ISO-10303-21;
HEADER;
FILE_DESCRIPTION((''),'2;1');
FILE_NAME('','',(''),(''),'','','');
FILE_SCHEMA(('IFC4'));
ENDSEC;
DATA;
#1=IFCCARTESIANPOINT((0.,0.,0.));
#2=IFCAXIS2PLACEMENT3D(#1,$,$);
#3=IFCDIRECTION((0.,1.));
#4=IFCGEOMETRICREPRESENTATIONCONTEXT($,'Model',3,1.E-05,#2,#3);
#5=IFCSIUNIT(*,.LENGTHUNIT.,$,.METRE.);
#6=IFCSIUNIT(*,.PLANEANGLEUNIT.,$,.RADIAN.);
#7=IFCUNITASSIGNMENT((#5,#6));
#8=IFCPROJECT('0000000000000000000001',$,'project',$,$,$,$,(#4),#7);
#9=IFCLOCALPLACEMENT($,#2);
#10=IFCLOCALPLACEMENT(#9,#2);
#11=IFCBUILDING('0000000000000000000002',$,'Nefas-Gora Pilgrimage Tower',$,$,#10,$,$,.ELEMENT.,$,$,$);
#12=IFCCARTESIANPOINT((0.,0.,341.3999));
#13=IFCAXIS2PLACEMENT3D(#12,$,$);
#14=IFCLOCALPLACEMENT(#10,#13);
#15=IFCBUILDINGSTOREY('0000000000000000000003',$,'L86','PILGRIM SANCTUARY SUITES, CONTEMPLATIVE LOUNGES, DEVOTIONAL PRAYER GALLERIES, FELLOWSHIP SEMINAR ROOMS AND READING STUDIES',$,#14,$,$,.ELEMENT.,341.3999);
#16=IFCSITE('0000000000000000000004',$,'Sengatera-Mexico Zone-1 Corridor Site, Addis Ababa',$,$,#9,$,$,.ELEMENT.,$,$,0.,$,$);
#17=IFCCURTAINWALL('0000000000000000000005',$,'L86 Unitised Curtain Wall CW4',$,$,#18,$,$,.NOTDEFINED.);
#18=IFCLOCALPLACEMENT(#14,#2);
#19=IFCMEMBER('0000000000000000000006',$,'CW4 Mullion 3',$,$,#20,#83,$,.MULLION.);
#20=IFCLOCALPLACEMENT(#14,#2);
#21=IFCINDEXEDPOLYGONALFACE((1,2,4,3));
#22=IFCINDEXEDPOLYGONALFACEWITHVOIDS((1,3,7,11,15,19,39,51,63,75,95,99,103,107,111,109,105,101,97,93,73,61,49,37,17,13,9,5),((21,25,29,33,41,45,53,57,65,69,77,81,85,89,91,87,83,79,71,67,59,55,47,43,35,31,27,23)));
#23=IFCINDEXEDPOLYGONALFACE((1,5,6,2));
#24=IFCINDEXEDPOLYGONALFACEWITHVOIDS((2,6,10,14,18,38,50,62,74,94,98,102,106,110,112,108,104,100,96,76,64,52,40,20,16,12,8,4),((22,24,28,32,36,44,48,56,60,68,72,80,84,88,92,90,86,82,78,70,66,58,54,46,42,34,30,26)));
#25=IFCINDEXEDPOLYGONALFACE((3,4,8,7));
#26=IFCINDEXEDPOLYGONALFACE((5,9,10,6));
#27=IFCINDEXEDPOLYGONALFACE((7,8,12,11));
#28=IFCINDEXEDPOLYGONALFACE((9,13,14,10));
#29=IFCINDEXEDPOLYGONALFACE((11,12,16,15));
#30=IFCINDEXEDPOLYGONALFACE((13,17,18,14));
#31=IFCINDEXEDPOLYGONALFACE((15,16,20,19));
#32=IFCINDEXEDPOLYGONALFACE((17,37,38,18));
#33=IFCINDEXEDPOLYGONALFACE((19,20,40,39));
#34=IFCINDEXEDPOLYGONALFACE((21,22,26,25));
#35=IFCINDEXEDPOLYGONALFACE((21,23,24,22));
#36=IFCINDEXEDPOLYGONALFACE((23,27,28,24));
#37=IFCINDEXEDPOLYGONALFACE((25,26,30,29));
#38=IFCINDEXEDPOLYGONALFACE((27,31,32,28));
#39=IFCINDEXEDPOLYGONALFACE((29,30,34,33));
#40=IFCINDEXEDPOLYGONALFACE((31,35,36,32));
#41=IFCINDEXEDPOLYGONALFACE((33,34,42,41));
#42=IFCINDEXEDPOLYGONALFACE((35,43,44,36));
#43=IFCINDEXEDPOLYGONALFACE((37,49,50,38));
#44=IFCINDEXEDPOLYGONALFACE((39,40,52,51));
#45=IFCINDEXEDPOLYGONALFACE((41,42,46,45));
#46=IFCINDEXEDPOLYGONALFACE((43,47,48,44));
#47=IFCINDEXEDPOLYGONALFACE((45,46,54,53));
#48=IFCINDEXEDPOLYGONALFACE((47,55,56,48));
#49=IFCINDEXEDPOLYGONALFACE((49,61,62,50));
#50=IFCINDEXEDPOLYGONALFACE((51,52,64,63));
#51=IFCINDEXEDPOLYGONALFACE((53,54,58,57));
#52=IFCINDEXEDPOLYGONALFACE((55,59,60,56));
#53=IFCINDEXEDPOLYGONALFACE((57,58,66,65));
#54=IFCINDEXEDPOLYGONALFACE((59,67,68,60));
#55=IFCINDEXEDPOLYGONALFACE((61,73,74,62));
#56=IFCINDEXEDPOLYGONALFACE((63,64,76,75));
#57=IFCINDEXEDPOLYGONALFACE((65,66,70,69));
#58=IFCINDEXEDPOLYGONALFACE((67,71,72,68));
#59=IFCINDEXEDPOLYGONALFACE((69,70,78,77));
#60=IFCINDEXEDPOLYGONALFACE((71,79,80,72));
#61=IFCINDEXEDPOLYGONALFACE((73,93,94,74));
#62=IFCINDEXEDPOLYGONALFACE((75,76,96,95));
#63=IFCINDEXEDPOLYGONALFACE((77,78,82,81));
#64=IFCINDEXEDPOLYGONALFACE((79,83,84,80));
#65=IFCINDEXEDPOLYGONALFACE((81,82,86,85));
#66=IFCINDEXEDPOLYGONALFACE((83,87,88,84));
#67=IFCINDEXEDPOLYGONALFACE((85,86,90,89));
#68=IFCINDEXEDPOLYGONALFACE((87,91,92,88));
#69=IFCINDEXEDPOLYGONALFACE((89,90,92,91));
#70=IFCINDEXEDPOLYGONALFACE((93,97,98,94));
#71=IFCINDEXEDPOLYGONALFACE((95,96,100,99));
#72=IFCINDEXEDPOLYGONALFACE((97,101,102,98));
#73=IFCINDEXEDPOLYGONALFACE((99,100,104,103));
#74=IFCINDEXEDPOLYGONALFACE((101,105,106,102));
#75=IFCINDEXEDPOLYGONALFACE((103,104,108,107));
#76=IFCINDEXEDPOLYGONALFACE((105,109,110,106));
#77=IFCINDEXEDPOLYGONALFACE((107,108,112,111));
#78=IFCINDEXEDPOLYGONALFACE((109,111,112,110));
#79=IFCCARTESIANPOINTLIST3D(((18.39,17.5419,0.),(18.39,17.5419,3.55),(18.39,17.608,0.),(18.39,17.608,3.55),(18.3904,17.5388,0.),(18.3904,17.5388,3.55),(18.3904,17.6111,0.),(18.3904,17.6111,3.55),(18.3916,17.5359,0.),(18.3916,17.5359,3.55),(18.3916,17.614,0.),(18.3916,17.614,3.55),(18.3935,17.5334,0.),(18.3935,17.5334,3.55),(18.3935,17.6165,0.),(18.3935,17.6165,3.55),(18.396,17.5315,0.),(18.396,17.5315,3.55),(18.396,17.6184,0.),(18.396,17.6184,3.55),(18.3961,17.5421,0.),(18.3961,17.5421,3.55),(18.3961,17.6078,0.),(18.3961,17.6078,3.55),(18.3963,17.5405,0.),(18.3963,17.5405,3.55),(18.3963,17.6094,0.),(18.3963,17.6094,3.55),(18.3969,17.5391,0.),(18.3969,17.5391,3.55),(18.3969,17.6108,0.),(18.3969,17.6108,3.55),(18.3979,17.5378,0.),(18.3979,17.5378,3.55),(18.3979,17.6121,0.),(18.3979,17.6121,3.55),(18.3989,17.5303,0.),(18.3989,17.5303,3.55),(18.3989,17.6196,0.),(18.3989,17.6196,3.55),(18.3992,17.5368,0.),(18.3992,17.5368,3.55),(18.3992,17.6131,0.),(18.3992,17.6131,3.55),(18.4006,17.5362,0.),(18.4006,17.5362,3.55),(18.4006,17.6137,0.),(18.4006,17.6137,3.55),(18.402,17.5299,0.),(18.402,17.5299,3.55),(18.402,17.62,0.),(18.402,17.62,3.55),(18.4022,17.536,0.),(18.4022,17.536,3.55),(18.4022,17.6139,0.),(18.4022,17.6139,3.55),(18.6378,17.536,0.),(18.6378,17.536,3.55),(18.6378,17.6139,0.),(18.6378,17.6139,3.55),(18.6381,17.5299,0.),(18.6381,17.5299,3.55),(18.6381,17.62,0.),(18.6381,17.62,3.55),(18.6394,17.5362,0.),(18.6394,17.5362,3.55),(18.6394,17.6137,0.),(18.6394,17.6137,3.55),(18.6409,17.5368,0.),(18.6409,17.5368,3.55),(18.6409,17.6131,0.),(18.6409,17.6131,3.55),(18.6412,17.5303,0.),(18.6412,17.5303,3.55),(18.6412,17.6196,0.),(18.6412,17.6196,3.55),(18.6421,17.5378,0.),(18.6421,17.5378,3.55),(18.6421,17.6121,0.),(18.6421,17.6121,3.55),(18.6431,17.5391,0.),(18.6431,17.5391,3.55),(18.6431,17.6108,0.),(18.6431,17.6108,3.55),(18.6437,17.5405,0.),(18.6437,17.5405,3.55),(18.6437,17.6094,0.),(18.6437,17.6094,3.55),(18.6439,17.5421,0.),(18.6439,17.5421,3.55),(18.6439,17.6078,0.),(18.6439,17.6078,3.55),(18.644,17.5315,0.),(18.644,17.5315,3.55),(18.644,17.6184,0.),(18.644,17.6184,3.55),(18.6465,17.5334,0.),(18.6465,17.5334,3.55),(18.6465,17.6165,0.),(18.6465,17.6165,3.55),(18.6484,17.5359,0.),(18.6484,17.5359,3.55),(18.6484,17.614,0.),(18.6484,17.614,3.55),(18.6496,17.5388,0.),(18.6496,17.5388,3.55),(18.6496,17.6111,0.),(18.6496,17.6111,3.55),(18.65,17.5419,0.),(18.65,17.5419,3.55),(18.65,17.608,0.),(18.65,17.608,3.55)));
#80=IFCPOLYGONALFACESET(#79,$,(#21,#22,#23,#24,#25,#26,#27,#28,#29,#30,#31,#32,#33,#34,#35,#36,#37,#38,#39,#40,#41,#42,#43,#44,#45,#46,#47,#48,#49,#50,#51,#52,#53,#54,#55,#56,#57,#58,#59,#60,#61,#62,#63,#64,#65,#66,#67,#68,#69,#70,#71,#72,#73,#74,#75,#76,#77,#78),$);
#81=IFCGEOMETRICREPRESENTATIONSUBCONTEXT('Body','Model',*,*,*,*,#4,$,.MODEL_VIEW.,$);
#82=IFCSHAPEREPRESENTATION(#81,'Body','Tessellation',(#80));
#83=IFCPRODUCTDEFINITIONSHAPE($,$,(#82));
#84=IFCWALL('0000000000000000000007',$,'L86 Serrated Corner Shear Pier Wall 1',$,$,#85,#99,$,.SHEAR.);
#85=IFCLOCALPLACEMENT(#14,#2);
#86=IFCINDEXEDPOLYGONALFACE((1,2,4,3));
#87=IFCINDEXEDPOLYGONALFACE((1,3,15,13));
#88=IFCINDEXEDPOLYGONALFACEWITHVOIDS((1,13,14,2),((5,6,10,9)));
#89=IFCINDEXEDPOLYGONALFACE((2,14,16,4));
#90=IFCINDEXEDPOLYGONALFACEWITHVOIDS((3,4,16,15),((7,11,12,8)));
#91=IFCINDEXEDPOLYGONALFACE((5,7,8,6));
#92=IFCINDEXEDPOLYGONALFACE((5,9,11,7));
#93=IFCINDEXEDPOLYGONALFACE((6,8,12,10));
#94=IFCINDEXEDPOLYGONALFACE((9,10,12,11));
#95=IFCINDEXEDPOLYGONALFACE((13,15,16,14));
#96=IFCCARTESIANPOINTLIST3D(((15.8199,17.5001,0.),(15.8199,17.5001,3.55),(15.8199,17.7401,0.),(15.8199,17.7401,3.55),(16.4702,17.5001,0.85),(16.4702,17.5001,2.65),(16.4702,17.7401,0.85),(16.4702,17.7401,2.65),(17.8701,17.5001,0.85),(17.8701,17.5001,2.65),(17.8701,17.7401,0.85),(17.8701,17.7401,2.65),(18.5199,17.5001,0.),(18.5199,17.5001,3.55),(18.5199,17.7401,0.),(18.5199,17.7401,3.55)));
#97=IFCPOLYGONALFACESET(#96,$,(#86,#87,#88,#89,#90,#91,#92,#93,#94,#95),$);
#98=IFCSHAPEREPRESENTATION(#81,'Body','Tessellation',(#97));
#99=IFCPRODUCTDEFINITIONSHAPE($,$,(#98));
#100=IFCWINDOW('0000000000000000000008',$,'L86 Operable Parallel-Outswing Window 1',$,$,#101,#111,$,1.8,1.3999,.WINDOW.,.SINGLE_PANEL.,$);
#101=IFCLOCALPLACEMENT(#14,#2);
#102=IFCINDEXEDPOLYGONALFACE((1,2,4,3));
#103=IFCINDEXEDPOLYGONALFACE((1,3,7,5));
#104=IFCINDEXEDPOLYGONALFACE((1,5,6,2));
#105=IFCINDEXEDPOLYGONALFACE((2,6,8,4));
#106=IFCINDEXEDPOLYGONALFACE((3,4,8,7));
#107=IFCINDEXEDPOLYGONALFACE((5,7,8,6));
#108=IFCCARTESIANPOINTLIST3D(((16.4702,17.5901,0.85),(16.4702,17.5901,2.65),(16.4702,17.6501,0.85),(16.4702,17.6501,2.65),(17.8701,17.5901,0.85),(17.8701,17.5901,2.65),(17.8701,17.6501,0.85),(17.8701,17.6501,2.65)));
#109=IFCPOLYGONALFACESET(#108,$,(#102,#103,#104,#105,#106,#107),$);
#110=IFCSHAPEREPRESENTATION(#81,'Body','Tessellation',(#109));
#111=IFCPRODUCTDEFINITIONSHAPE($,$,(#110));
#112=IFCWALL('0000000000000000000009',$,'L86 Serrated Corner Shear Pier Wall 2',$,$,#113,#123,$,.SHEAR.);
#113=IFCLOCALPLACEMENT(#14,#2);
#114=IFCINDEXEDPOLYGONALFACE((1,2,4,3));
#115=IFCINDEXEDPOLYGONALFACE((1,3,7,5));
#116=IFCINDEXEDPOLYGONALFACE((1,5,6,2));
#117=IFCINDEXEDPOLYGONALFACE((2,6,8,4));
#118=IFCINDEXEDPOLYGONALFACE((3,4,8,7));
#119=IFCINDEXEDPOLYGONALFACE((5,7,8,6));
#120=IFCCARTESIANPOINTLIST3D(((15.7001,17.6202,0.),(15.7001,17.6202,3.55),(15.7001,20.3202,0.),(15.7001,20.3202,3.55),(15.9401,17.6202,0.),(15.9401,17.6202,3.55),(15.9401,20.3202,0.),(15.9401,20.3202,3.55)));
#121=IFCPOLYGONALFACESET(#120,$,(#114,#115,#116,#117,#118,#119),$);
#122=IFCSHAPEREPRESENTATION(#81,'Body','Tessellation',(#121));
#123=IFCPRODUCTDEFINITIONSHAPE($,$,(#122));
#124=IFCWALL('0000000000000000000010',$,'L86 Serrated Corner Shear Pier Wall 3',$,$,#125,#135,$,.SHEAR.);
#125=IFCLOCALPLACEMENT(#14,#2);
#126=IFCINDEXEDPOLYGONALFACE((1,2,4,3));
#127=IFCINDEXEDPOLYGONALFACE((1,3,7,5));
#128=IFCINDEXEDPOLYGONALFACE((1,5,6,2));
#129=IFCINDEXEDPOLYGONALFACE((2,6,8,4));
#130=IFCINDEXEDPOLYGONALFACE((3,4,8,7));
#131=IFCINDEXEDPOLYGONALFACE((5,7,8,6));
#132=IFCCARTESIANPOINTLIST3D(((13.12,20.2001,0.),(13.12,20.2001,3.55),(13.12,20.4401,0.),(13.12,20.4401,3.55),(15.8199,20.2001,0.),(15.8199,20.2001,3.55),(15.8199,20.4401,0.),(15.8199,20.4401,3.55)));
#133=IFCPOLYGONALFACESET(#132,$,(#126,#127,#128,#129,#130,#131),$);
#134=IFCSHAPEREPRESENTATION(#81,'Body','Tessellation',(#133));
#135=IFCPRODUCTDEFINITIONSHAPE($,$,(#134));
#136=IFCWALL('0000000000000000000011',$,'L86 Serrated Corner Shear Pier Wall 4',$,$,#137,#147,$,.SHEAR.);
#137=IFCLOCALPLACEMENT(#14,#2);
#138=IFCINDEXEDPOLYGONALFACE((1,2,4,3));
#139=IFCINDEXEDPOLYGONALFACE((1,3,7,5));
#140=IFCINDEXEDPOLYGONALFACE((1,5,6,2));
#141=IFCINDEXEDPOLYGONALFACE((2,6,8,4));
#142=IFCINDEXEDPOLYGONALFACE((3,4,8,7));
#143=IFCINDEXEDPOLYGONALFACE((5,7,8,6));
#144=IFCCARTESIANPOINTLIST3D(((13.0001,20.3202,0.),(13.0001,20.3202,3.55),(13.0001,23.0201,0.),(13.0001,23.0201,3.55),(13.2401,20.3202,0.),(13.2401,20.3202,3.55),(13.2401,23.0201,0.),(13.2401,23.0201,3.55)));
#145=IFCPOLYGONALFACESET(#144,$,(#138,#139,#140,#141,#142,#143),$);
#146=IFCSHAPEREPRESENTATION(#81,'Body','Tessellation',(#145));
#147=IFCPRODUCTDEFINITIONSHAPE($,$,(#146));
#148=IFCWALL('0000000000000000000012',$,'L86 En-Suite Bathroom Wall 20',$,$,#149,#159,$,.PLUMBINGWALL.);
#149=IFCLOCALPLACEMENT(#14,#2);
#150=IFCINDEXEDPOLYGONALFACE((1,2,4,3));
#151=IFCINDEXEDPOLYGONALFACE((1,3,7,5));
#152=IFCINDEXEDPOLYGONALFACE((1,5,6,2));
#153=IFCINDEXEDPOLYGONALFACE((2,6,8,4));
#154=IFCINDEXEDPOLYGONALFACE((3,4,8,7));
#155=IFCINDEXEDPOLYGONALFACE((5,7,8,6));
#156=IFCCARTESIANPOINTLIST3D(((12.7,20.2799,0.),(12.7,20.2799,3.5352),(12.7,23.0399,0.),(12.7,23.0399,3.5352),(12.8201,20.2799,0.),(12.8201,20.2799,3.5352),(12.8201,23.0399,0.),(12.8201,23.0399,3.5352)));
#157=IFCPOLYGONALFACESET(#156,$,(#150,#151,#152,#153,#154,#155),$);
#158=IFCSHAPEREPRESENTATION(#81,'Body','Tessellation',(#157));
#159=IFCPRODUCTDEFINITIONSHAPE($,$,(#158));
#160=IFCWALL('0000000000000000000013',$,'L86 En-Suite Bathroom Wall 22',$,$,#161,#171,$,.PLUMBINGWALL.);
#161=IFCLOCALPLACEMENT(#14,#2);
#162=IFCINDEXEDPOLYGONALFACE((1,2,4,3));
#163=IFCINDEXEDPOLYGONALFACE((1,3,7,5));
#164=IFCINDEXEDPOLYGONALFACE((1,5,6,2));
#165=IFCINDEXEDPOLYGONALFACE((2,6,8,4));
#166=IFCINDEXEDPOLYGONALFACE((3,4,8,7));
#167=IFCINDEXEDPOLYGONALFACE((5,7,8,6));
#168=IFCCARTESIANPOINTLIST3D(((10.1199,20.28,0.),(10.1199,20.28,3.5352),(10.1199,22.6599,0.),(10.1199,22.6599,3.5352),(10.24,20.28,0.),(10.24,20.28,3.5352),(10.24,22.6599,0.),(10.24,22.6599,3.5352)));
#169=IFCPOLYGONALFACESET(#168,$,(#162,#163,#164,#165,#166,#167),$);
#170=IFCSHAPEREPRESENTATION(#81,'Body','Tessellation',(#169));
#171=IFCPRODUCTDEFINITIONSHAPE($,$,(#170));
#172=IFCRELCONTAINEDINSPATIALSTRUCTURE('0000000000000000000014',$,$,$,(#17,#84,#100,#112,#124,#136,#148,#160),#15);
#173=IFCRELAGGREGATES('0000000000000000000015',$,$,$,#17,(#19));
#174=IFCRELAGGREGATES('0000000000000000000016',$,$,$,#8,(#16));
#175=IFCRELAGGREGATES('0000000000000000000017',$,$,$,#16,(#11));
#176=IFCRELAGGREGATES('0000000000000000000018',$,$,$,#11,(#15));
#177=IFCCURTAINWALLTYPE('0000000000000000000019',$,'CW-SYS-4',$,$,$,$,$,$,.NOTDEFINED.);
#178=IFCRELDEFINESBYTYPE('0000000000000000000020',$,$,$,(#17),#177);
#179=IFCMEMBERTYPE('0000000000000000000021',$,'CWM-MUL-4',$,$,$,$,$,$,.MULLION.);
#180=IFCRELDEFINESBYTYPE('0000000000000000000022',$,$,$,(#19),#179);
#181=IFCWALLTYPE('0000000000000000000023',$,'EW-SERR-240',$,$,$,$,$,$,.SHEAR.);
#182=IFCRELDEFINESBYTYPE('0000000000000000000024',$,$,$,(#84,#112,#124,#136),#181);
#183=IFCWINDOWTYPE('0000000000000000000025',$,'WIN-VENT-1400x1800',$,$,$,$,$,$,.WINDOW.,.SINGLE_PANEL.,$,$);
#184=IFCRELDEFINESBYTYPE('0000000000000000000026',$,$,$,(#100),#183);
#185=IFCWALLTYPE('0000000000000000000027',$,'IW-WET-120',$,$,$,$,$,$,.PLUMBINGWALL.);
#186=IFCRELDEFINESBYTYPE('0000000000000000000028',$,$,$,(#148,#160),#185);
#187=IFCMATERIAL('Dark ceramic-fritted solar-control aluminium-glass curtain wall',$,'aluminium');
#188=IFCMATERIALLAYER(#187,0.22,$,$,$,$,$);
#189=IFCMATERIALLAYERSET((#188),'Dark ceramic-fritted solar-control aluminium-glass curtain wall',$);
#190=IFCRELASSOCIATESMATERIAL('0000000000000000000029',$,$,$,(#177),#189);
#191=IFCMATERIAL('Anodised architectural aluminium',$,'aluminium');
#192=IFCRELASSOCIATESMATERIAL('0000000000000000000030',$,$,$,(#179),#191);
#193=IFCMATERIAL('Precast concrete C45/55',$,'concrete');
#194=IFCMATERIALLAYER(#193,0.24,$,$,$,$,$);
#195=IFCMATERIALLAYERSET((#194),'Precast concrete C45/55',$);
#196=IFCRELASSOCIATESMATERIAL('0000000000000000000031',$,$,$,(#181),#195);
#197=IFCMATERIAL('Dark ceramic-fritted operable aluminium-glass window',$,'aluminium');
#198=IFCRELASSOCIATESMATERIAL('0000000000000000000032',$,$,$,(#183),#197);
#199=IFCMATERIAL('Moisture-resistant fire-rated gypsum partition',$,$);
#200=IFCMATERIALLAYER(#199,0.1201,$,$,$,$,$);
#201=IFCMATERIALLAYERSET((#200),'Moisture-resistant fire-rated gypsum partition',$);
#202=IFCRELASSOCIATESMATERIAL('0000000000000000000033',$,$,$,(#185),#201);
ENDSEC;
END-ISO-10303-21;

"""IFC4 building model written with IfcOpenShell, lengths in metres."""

from ifc_helpers import new_model, si_unit, direction, frame, frame_2d, origin, origin_2d, place, context, subcontext, project, spatial, rectangle, hollow_rectangle, extrude, source, transform, mapped, material, layer, layer_set, material_profile, profile_set, type_object, element, fill, aggregate, save


model = new_model("IFC4")

# Units and contexts
model_context = context("Model", 3, precision=1e-05, world=origin(), true_north=direction((0.0, 1.0)))
body_context = subcontext(model_context, "Body", "Model", "MODEL_VIEW")
ifc_project = project(units=[si_unit("LENGTHUNIT", "METRE"), si_unit("PLANEANGLEUNIT", "RADIAN")], contexts=[model_context])

# Site, building, storey
site_placement = place(None, origin())
site = spatial("IfcSite", under=ifc_project, at=site_placement, Name="Sengatera-Mexico Zone-1 Corridor Site, Addis Ababa", CompositionType="ELEMENT", RefElevation=0.0)
building_placement = place(site_placement, origin())
building = spatial("IfcBuilding", under=site, at=building_placement, Name="Nefas-Gora Pilgrimage Tower", CompositionType="ELEMENT")
storey_placement = place(building_placement, frame((0.0, 0.0, 341.3999)))
storey = spatial("IfcBuildingStorey", under=building, at=storey_placement, Name="L86", Description="PILGRIM SANCTUARY SUITES, CONTEMPLATIVE LOUNGES, DEVOTIONAL PRAYER GALLERIES, FELLOWSHIP SEMINAR ROOMS AND READING STUDIES", CompositionType="ELEMENT", Elevation=341.3999)

# Shared definitions
ifc_material_1 = material(Name="Dark ceramic-fritted solar-control aluminium-glass curtain wall", Category="aluminium")
ifc_layer_1 = layer(ifc_material_1, 0.22)
ifc_layer_set_1 = layer_set([ifc_layer_1], Name="Dark ceramic-fritted solar-control aluminium-glass curtain wall")
curtain_wall_type = type_object("IfcCurtainWallType", Name="CW-SYS-4", PredefinedType="NOTDEFINED", material=ifc_layer_set_1)
ifc_material_2 = material(Name="Anodised architectural aluminium", Category="aluminium")
ifc_material_profile_1 = material_profile(ifc_material_2, hollow_rectangle(XDim=0.0901, YDim=0.26, WallThickness=0.0061, InnerFilletRadius=0.0061, OuterFilletRadius=0.012, at=origin_2d()), Name="ALU MULLION 90x260")
ifc_profile_set_1 = profile_set([ifc_material_profile_1], Name="Anodised architectural aluminium")
member_type_1 = type_object("IfcMemberType", Name="CWM-MUL-4", PredefinedType="MULLION", material=ifc_profile_set_1)
shared_shape_1 = source(origin(), body_context, "Body", "SweptSolid", [
    extrude(hollow_rectangle(XDim=0.0901, YDim=0.26, WallThickness=0.0061, InnerFilletRadius=0.0061, OuterFilletRadius=0.012, at=origin_2d()), origin(), (0.0, 0.0, 1.0), 3.55),
])

# Curtain wall, member
curtain_wall_1_placement = place(storey_placement, origin())
curtain_wall_1 = element("IfcCurtainWall", 1, at=curtain_wall_1_placement, inside=storey, type_object=curtain_wall_type, Name="L86 Unitised Curtain Wall CW4", PredefinedType="NOTDEFINED")
member_1_placement = place(storey_placement, frame((18.52, 17.575, 0.0), z_axis=(0.0, 0.0, 1.0), x_axis=(0.0, 1.0, 0.0)))
member_1 = element("IfcMember", 2, at=member_1_placement, type_object=member_type_1, Name="CW4 Mullion 3", PredefinedType="MULLION", context=body_context, shape_type="MappedRepresentation", body=[
    mapped(shared_shape_1, transform((0.0, 0.0, 0.0), x_axis=(1.0, 0.0, 0.0), y_axis=(0.0, 1.0, 0.0), z_axis=(0.0, 0.0, 1.0), scale=1.0)),
])
aggregate(curtain_wall_1, [member_1])

# Wall, opening, window
ifc_material_3 = material(Name="Precast concrete C45/55", Category="concrete")
ifc_layer_2 = layer(ifc_material_3, 0.24)
ifc_layer_set_2 = layer_set([ifc_layer_2], Name="Precast concrete C45/55")
wall_type_1 = type_object("IfcWallType", Name="EW-SERR-240", PredefinedType="SHEAR", material=ifc_layer_set_2)
shared_shape_2 = source(origin(), body_context, "Body", "SweptSolid", [
    extrude(rectangle(XDim=2.7, YDim=0.24, at=frame_2d((1.3501, 0.0))), origin(), (0.0, 0.0, 1.0), 3.55),
])
wall_1_placement = place(storey_placement, frame((18.52, 17.6201, 0.0), z_axis=(0.0, 0.0, 1.0), x_axis=(-1.0, 0.0, 0.0)))
wall_1 = element("IfcWall", 3, at=wall_1_placement, inside=storey, type_object=wall_type_1, Name="L86 Serrated Corner Shear Pier Wall 1", PredefinedType="SHEAR", context=body_context, shape_type="MappedRepresentation", body=[
    mapped(shared_shape_2, transform((0.0, 0.0, 0.0), x_axis=(1.0, 0.0, 0.0), y_axis=(0.0, 1.0, 0.0), z_axis=(0.0, 0.0, 1.0), scale=1.0)),
])
opening_1_placement = place(wall_1_placement, frame((0.6499, 0.0, 0.8501)))
opening_1 = element("IfcOpeningElement", 4, at=opening_1_placement, cuts=wall_1, PredefinedType="OPENING", context=body_context, shape_type="SweptSolid", body=[
    extrude(rectangle(XDim=1.3999, YDim=1.8, at=frame_2d((0.7, 0.8999))), frame((0.0, 0.1299, 0.0), z_axis=(0.0, -1.0, 0.0), x_axis=(1.0, 0.0, 0.0)), (0.0, 0.0, 1.0), 0.26),
])
ifc_material_4 = material(Name="Dark ceramic-fritted operable aluminium-glass window", Category="aluminium")
window_type = type_object("IfcWindowType", Name="WIN-VENT-1400x1800", PartitioningType="SINGLE_PANEL", PredefinedType="WINDOW", material=ifc_material_4)
shared_shape_3 = source(origin(), body_context, "Body", "SweptSolid", [
    extrude(rectangle(XDim=1.3999, YDim=1.8, at=frame_2d((0.7, 0.8999))), frame((0.0, 0.03, 0.0), z_axis=(0.0, -1.0, 0.0), x_axis=(1.0, 0.0, 0.0)), (0.0, 0.0, 1.0), 0.0601),
])
window_placement = place(opening_1_placement, origin())
window = element("IfcWindow", 5, at=window_placement, inside=storey, type_object=window_type, Name="L86 Operable Parallel-Outswing Window 1", OverallHeight=1.8, OverallWidth=1.3999, PartitioningType="SINGLE_PANEL", PredefinedType="WINDOW", context=body_context, shape_type="MappedRepresentation", body=[
    mapped(shared_shape_3, transform((0.0, 0.0, 0.0), x_axis=(1.0, 0.0, 0.0), y_axis=(0.0, 1.0, 0.0), z_axis=(0.0, 0.0, 1.0), scale=1.0)),
])
fill(opening_1, window)

# Walls
for number, where, z_axis, x_axis, name in (
    (6, (15.8201, 17.6201, 0.0), (0.0, 0.0, 1.0), (0.0, 1.0, 0.0), "L86 Serrated Corner Shear Pier Wall 2"),
    (7, (15.8201, 20.3201, 0.0), (0.0, 0.0, 1.0), (-1.0, 0.0, 0.0), "L86 Serrated Corner Shear Pier Wall 3"),
    (8, (13.1201, 20.3201, 0.0), (0.0, 0.0, 1.0), (0.0, 1.0, 0.0), "L86 Serrated Corner Shear Pier Wall 4"),
):
    element("IfcWall", number, at=place(storey_placement, frame(where, z_axis=z_axis, x_axis=x_axis)), inside=storey, type_object=wall_type_1, Name=name, PredefinedType="SHEAR", context=body_context, shape_type="MappedRepresentation", body=[
        mapped(shared_shape_2, transform((0.0, 0.0, 0.0), x_axis=(1.0, 0.0, 0.0), y_axis=(0.0, 1.0, 0.0), z_axis=(0.0, 0.0, 1.0), scale=1.0)),
    ])
ifc_material_5 = material(Name="Moisture-resistant fire-rated gypsum partition")
ifc_layer_3 = layer(ifc_material_5, 0.1201)
ifc_layer_set_3 = layer_set([ifc_layer_3], Name="Moisture-resistant fire-rated gypsum partition")
wall_type_2 = type_object("IfcWallType", Name="IW-WET-120", PredefinedType="PLUMBINGWALL", material=ifc_layer_set_3)
shared_shape_4 = source(origin(), body_context, "Body", "SweptSolid", [
    extrude(rectangle(XDim=2.76, YDim=0.1201, at=frame_2d((1.3799, 0.0))), origin(), (0.0, 0.0, 1.0), 3.5352),
])
wall_2_placement = place(storey_placement, frame((12.76, 20.28, 0.0), z_axis=(0.0, 0.0, 1.0), x_axis=(0.0, 1.0, 0.0)))
element("IfcWall", 9, at=wall_2_placement, inside=storey, type_object=wall_type_2, Name="L86 En-Suite Bathroom Wall 20", PredefinedType="PLUMBINGWALL", context=body_context, shape_type="MappedRepresentation", body=[
    mapped(shared_shape_4, transform((0.0, 0.0, 0.0), x_axis=(1.0, 0.0, 0.0), y_axis=(0.0, 1.0, 0.0), z_axis=(0.0, 0.0, 1.0), scale=1.0)),
])
shared_shape_5 = source(origin(), body_context, "Body", "SweptSolid", [
    extrude(rectangle(XDim=2.3799, YDim=0.1201, at=frame_2d((1.1899, 0.0))), origin(), (0.0, 0.0, 1.0), 3.5352),
])
wall_3_placement = place(storey_placement, frame((10.1799, 20.28, 0.0), z_axis=(0.0, 0.0, 1.0), x_axis=(0.0, 1.0, 0.0)))
element("IfcWall", 10, at=wall_3_placement, inside=storey, type_object=wall_type_2, Name="L86 En-Suite Bathroom Wall 22", PredefinedType="PLUMBINGWALL", context=body_context, shape_type="MappedRepresentation", body=[
    mapped(shared_shape_5, transform((0.0, 0.0, 0.0), x_axis=(1.0, 0.0, 0.0), y_axis=(0.0, 1.0, 0.0), z_axis=(0.0, 0.0, 1.0), scale=1.0)),
])

save(model, "model.ifc")
